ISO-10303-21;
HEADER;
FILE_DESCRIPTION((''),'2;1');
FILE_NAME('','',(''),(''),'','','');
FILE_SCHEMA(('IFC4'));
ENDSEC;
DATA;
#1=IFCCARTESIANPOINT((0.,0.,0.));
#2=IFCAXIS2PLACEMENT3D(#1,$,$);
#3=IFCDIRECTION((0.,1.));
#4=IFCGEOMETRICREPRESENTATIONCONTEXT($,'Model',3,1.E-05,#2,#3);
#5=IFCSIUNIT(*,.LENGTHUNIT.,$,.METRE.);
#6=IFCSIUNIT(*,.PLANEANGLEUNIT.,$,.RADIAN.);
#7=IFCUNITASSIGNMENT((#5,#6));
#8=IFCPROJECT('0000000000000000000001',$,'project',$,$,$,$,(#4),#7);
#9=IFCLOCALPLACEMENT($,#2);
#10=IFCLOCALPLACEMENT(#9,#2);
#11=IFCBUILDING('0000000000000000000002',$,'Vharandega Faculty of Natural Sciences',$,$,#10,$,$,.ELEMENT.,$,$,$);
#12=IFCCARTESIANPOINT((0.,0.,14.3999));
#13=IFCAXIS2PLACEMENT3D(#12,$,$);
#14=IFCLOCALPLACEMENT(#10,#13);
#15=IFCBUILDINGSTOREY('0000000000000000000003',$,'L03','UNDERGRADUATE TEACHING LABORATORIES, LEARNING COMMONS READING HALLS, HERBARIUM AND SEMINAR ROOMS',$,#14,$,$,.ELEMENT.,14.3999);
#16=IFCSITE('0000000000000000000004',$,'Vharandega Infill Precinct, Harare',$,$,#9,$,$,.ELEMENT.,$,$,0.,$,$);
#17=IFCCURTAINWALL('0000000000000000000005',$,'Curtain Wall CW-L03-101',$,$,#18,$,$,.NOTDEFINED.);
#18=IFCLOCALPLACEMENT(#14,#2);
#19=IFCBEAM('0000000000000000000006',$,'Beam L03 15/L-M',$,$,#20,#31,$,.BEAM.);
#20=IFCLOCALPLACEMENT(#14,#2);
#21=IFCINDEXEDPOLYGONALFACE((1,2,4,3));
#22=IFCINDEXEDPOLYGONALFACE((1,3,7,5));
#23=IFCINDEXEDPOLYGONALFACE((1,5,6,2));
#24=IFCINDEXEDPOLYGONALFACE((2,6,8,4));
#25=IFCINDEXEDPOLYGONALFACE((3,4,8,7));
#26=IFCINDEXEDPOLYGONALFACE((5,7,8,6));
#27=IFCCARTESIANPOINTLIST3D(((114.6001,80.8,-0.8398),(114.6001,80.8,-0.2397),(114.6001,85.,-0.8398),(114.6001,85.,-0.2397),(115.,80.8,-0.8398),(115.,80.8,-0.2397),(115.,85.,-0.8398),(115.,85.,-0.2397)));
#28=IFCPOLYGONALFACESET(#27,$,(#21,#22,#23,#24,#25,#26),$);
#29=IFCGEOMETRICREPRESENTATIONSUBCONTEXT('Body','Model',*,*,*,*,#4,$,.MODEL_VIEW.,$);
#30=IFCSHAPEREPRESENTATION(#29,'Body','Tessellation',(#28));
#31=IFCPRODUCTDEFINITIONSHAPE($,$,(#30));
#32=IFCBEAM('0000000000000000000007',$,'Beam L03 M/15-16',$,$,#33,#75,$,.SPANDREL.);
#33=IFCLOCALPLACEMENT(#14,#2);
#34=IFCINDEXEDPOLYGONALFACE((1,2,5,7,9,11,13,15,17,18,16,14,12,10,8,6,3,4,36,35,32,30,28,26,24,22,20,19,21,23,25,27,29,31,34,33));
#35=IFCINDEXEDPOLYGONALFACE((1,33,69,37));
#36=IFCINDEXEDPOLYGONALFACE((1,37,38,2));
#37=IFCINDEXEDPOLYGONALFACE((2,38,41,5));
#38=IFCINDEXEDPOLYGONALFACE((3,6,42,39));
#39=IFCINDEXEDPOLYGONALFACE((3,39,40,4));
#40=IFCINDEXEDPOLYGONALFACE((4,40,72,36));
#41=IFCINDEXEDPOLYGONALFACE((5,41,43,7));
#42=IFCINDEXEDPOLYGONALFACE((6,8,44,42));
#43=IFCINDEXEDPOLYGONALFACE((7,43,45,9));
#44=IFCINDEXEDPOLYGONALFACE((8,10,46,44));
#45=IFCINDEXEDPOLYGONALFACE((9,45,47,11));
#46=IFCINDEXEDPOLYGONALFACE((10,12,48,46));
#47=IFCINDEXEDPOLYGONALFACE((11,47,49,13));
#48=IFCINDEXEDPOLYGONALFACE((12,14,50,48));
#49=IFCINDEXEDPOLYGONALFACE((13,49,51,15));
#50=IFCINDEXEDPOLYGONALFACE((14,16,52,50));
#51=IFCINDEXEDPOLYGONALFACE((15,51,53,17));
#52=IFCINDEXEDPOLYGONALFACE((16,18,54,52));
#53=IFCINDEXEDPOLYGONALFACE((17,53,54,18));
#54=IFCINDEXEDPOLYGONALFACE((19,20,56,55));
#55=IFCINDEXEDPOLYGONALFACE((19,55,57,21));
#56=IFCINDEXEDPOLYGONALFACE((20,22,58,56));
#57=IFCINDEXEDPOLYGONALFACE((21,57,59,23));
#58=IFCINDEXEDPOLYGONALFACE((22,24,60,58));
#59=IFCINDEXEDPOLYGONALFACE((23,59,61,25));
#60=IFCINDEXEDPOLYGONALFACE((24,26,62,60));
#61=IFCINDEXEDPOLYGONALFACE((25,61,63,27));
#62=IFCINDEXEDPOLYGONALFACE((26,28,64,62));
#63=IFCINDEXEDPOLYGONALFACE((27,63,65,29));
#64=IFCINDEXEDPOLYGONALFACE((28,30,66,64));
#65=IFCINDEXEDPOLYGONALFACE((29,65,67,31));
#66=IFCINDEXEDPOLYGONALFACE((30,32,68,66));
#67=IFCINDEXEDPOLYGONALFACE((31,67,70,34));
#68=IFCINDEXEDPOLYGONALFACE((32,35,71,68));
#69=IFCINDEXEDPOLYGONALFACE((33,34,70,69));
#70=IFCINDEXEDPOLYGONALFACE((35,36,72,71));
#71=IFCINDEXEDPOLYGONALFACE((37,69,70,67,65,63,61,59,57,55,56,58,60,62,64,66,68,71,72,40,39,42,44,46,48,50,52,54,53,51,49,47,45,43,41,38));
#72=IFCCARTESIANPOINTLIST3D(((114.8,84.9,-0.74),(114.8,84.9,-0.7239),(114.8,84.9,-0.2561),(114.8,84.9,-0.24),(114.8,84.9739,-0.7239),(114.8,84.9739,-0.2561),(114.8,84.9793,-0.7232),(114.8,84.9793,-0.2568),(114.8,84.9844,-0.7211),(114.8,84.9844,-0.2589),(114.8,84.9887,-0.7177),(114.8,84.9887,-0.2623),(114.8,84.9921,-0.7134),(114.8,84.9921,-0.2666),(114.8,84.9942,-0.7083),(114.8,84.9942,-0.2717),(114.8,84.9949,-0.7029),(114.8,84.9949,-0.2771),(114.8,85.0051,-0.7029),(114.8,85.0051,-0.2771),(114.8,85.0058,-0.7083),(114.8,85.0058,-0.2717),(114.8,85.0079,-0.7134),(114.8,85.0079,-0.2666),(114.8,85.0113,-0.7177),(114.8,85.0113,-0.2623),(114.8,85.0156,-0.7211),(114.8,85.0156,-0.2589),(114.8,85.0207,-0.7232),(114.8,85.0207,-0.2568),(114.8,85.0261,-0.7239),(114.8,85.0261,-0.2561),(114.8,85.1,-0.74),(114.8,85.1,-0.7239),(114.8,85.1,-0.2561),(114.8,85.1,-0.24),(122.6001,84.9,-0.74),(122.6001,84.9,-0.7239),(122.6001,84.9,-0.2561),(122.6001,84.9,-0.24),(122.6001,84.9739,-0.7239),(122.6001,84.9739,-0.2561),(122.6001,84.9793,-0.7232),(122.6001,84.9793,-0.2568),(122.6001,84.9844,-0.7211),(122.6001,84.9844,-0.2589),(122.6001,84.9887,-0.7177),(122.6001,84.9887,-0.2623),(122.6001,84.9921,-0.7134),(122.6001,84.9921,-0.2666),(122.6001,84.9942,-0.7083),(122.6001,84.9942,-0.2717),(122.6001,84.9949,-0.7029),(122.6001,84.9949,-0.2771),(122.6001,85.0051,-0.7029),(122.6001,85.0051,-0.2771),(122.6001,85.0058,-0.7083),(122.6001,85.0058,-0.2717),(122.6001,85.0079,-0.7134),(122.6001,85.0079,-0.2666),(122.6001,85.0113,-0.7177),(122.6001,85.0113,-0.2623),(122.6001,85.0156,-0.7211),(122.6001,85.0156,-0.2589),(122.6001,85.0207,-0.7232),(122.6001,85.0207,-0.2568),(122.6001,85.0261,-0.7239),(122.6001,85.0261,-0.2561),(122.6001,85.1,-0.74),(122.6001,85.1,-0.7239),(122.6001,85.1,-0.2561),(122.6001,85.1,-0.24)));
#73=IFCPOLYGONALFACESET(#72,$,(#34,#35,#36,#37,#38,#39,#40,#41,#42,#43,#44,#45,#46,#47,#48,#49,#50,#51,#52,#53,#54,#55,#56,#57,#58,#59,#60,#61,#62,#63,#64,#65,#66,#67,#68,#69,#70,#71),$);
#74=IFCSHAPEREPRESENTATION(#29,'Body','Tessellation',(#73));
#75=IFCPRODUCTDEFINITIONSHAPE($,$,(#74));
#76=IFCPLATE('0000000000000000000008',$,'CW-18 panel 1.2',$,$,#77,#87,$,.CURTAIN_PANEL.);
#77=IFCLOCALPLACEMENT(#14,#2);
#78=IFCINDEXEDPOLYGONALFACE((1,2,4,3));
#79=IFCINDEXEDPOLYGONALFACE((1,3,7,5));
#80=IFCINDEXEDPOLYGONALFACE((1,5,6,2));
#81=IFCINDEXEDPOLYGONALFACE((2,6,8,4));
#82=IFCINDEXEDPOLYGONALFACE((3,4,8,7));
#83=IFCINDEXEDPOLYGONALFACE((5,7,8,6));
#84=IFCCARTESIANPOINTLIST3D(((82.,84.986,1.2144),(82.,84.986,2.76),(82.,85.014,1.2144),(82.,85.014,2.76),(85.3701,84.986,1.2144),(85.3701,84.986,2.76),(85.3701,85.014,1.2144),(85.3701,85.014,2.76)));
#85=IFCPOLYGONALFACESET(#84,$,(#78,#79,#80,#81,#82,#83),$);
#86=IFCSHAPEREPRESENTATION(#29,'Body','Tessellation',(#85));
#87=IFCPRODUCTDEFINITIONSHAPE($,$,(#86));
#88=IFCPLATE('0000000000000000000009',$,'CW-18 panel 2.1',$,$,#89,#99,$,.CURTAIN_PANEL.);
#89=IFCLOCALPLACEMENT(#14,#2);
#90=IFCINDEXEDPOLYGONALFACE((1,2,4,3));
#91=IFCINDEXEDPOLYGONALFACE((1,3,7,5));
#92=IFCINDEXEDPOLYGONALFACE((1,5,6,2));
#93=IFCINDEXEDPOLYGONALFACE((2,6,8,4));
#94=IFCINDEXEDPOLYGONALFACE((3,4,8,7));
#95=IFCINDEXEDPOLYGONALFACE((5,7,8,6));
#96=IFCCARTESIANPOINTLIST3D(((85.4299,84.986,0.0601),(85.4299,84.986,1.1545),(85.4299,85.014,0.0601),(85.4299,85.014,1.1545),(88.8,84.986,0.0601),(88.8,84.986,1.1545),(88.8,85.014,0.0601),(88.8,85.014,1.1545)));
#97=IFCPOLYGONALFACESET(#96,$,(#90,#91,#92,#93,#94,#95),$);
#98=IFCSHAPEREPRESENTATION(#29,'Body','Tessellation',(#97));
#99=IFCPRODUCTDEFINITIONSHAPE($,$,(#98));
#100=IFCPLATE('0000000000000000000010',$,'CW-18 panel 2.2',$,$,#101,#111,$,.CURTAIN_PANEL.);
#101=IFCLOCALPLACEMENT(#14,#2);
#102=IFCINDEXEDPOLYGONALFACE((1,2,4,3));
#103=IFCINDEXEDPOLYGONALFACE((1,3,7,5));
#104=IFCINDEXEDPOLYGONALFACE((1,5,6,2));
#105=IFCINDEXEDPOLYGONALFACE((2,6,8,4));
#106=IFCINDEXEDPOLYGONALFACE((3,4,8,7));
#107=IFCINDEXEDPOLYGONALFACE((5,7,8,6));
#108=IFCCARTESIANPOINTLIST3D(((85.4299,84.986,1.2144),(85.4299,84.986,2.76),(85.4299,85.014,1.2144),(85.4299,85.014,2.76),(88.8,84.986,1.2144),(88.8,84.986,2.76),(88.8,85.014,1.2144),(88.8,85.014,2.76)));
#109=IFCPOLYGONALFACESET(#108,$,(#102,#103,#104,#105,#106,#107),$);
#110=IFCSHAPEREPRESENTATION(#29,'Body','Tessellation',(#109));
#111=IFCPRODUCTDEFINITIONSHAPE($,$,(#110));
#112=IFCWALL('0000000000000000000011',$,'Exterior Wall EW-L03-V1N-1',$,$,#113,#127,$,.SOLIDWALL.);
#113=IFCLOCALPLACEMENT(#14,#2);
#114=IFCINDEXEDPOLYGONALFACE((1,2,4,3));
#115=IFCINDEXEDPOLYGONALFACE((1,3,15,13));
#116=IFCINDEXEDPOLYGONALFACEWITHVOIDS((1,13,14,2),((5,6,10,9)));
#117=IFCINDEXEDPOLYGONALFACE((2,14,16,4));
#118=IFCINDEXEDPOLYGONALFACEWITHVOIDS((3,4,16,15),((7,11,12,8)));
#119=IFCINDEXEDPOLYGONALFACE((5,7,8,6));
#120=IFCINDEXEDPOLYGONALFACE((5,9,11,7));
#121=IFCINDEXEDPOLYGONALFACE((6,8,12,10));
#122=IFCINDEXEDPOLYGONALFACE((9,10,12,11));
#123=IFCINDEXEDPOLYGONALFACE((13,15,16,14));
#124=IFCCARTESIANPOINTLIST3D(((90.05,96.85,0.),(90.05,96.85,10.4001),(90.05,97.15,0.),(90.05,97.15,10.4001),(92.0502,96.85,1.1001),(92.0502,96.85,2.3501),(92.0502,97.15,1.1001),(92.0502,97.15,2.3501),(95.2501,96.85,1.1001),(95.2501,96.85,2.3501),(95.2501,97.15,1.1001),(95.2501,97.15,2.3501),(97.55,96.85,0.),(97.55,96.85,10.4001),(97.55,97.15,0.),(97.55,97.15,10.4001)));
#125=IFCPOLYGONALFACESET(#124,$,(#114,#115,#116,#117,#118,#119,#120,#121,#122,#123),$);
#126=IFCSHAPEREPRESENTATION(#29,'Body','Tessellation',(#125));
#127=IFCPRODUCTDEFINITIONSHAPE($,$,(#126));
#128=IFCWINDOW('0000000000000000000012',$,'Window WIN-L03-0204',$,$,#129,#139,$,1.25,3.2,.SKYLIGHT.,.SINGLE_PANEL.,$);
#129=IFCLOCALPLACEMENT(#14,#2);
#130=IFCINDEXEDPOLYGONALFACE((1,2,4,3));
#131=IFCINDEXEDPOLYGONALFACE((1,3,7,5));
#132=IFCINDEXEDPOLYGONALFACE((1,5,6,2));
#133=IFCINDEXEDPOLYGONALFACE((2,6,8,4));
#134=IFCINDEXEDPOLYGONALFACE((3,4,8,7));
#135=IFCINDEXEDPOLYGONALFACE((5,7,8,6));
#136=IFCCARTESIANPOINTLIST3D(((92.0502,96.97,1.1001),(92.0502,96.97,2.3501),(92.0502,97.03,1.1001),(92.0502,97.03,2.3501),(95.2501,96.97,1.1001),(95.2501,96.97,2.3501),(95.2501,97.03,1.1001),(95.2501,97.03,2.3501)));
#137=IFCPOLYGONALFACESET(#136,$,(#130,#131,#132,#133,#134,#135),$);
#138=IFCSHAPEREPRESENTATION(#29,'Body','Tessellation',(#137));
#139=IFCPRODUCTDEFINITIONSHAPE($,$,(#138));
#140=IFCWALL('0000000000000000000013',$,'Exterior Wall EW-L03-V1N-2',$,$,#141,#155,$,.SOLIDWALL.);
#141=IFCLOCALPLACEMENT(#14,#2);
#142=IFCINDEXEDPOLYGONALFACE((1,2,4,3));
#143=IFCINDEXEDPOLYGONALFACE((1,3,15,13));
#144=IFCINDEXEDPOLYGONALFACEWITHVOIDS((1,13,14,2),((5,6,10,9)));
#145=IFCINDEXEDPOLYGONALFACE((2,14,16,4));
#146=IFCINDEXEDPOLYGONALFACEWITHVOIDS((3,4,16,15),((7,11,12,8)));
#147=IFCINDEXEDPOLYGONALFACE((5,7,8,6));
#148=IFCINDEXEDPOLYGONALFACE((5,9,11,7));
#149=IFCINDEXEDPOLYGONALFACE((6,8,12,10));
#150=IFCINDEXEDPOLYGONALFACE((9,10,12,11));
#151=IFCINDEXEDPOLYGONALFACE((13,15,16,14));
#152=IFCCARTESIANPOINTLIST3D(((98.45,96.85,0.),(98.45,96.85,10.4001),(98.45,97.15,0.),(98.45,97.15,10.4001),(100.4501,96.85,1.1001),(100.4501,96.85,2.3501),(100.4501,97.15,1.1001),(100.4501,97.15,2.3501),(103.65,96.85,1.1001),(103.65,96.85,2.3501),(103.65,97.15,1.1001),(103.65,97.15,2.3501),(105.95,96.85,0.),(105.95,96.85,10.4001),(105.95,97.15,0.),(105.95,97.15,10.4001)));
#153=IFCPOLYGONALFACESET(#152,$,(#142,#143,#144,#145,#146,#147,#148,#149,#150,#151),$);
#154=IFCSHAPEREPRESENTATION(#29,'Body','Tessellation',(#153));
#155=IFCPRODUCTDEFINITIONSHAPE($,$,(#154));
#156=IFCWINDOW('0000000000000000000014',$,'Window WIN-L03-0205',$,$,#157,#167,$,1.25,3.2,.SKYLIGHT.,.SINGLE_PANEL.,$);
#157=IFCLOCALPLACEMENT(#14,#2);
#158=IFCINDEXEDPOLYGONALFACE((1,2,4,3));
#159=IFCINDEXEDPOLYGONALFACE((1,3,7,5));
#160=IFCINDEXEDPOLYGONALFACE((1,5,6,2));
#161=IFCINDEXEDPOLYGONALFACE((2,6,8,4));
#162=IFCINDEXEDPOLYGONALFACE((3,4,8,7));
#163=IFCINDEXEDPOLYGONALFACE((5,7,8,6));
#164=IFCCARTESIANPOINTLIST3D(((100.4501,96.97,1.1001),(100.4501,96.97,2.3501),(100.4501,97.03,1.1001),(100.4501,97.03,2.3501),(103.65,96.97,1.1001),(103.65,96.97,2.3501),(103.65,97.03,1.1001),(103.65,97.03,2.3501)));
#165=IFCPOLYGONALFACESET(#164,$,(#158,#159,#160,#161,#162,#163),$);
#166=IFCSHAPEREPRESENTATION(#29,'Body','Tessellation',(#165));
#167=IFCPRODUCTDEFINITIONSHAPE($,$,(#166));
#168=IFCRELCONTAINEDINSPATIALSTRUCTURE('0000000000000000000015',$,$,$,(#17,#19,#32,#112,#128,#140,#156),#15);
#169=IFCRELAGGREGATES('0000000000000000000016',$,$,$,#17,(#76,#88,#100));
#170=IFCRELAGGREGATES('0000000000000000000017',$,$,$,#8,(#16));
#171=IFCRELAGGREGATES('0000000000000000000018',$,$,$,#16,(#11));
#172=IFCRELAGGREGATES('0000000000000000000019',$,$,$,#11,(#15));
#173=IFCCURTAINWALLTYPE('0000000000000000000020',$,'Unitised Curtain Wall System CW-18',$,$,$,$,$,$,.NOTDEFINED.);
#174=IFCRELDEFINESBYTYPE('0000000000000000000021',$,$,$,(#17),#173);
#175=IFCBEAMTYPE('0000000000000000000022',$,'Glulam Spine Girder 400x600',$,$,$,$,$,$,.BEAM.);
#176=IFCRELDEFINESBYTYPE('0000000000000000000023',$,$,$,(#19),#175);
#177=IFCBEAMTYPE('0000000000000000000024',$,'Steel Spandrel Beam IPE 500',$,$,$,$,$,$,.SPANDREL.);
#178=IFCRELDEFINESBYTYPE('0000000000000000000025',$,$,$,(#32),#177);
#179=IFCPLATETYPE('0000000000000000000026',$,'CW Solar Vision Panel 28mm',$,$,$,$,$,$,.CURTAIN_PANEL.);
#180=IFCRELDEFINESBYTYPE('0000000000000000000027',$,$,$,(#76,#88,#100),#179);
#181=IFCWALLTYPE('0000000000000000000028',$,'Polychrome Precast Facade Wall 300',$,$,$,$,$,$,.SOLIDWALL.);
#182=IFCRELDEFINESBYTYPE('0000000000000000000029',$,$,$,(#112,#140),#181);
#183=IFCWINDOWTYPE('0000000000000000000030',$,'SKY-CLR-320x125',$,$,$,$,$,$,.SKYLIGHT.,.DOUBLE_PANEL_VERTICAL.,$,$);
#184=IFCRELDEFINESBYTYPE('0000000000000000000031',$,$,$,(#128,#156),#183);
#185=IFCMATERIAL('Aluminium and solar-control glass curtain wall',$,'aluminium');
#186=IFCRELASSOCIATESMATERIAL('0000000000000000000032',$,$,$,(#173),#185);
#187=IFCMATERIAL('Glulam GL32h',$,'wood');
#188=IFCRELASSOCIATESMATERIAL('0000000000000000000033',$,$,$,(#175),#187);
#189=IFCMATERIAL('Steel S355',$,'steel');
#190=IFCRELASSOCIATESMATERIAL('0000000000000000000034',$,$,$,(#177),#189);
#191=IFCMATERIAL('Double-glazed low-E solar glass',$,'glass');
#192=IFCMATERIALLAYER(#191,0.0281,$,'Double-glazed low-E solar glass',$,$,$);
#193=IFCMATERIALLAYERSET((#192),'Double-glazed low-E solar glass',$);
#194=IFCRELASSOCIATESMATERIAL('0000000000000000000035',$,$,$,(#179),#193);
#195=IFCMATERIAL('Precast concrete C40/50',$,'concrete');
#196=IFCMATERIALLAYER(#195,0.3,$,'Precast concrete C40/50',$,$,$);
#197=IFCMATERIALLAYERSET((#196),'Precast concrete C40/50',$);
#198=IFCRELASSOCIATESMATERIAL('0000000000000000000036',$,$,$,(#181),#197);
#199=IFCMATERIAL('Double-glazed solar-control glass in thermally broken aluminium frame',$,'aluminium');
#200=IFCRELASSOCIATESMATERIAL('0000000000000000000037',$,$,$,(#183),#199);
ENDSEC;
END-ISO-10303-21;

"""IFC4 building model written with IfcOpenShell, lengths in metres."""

from ifc_helpers import new_model, si_unit, direction, frame, frame_2d, origin, origin_2d, place, context, subcontext, project, spatial, rectangle, i_section, extrude, material, layer, layer_set, material_profile, profile_set, type_object, element, fill, aggregate, save


model = new_model("IFC4")

# Units and contexts
model_context = context("Model", 3, precision=1e-05, world=origin(), true_north=direction((0.0, 1.0)))
body_context = subcontext(model_context, "Body", "Model", "MODEL_VIEW")
ifc_project = project(units=[si_unit("LENGTHUNIT", "METRE"), si_unit("PLANEANGLEUNIT", "RADIAN")], contexts=[model_context])

# Site, building, storey
site_placement = place(None, origin())
site = spatial("IfcSite", under=ifc_project, at=site_placement, Name="Vharandega Infill Precinct, Harare", CompositionType="ELEMENT", RefElevation=0.0)
building_placement = place(site_placement, origin())
building = spatial("IfcBuilding", under=site, at=building_placement, Name="Vharandega Faculty of Natural Sciences", CompositionType="ELEMENT")
storey_placement = place(building_placement, frame((0.0, 0.0, 14.3999)))
storey = spatial("IfcBuildingStorey", under=building, at=storey_placement, Name="L03", Description="UNDERGRADUATE TEACHING LABORATORIES, LEARNING COMMONS READING HALLS, HERBARIUM AND SEMINAR ROOMS", CompositionType="ELEMENT", Elevation=14.3999)

# Curtain wall
ifc_material_1 = material(Name="Aluminium and solar-control glass curtain wall", Category="aluminium")
curtain_wall_type = type_object("IfcCurtainWallType", Name="Unitised Curtain Wall System CW-18", PredefinedType="NOTDEFINED", material=ifc_material_1)
curtain_wall_placement = place(storey_placement, origin())
curtain_wall = element("IfcCurtainWall", 1, at=curtain_wall_placement, inside=storey, type_object=curtain_wall_type, Name="Curtain Wall CW-L03-101", PredefinedType="NOTDEFINED")

# Beams
ifc_material_2 = material(Name="Glulam GL32h", Category="wood")
ifc_material_profile_1 = material_profile(ifc_material_2, rectangle(XDim=0.3999, YDim=0.6001, at=origin_2d()), Name="GL32h 400x600")
ifc_profile_set_1 = profile_set([ifc_material_profile_1], Name="Glulam GL32h")
beam_type_1 = type_object("IfcBeamType", Name="Glulam Spine Girder 400x600", PredefinedType="BEAM", material=ifc_profile_set_1)
beam_1_placement = place(storey_placement, frame((114.8, 80.8, -0.5398), z_axis=(0.0, 1.0, 0.0), x_axis=(-1.0, 0.0, 0.0)))
element("IfcBeam", 2, at=beam_1_placement, inside=storey, type_object=beam_type_1, Name="Beam L03 15/L-M", PredefinedType="BEAM", context=body_context, shape_type="SweptSolid", body=[
    extrude(rectangle(XDim=0.3999, YDim=0.6001, at=origin_2d()), origin(), (0.0, 0.0, 1.0), 4.2),
])
ifc_material_3 = material(Name="Steel S355", Category="steel")
ifc_material_profile_2 = material_profile(ifc_material_3, i_section(OverallWidth=0.2, OverallDepth=0.5, WebThickness=0.0103, FlangeThickness=0.0161, FilletRadius=0.021, at=origin_2d()), Name="IPE 500")
ifc_profile_set_2 = profile_set([ifc_material_profile_2], Name="Steel S355")
beam_type_2 = type_object("IfcBeamType", Name="Steel Spandrel Beam IPE 500", PredefinedType="SPANDREL", material=ifc_profile_set_2)
beam_2_placement = place(storey_placement, frame((114.8, 85.0, -0.49), z_axis=(1.0, 0.0, 0.0), x_axis=(0.0, 1.0, 0.0)))
element("IfcBeam", 3, at=beam_2_placement, inside=storey, type_object=beam_type_2, Name="Beam L03 M/15-16", PredefinedType="SPANDREL", context=body_context, shape_type="SweptSolid", body=[
    extrude(i_section(OverallWidth=0.2, OverallDepth=0.5, WebThickness=0.0103, FlangeThickness=0.0161, FilletRadius=0.021, at=origin_2d()), origin(), (0.0, 0.0, 1.0), 7.8),
])

# Plates
ifc_material_4 = material(Name="Double-glazed low-E solar glass", Category="glass")
ifc_layer_1 = layer(ifc_material_4, 0.0281, Name="Double-glazed low-E solar glass")
ifc_layer_set_1 = layer_set([ifc_layer_1], Name="Double-glazed low-E solar glass")
plate_type = type_object("IfcPlateType", Name="CW Solar Vision Panel 28mm", PredefinedType="CURTAIN_PANEL", material=ifc_layer_set_1)
plate_1_placement = place(storey_placement, frame((83.6851, 85.0, 1.2144), z_axis=(0.0, 0.0, 1.0), x_axis=(1.0, 0.0, 0.0)))
plate_1 = element("IfcPlate", 4, at=plate_1_placement, type_object=plate_type, Name="CW-18 panel 1.2", PredefinedType="CURTAIN_PANEL", context=body_context, shape_type="SweptSolid", body=[
    extrude(rectangle(XDim=3.3701, YDim=0.0281, at=origin_2d()), origin(), (0.0, 0.0, 1.0), 1.5457),
])
plate_2_placement = place(storey_placement, frame((87.115, 85.0, 0.0601), z_axis=(0.0, 0.0, 1.0), x_axis=(1.0, 0.0, 0.0)))
plate_2 = element("IfcPlate", 5, at=plate_2_placement, type_object=plate_type, Name="CW-18 panel 2.1", PredefinedType="CURTAIN_PANEL", context=body_context, shape_type="SweptSolid", body=[
    extrude(rectangle(XDim=3.3701, YDim=0.0281, at=origin_2d()), origin(), (0.0, 0.0, 1.0), 1.0945),
])
plate_3_placement = place(storey_placement, frame((87.115, 85.0, 1.2144), z_axis=(0.0, 0.0, 1.0), x_axis=(1.0, 0.0, 0.0)))
plate_3 = element("IfcPlate", 6, at=plate_3_placement, type_object=plate_type, Name="CW-18 panel 2.2", PredefinedType="CURTAIN_PANEL", context=body_context, shape_type="SweptSolid", body=[
    extrude(rectangle(XDim=3.3701, YDim=0.0281, at=origin_2d()), origin(), (0.0, 0.0, 1.0), 1.5457),
])
aggregate(curtain_wall, [plate_1, plate_2, plate_3])

# Walls, openings, windows
ifc_material_5 = material(Name="Precast concrete C40/50", Category="concrete")
ifc_layer_2 = layer(ifc_material_5, 0.3, Name="Precast concrete C40/50")
ifc_layer_set_2 = layer_set([ifc_layer_2], Name="Precast concrete C40/50")
wall_type = type_object("IfcWallType", Name="Polychrome Precast Facade Wall 300", PredefinedType="SOLIDWALL", material=ifc_layer_set_2)
wall_1_placement = place(storey_placement, frame((90.05, 97.0, 0.0), z_axis=(0.0, 0.0, 1.0), x_axis=(1.0, 0.0, 0.0)))
wall_1 = element("IfcWall", 7, at=wall_1_placement, inside=storey, type_object=wall_type, Name="Exterior Wall EW-L03-V1N-1", PredefinedType="SOLIDWALL", context=body_context, shape_type="SweptSolid", body=[
    extrude(rectangle(XDim=7.5, YDim=0.3, at=frame_2d((3.75, 0.0))), origin(), (0.0, 0.0, 1.0), 10.4001),
])
opening_1_placement = place(wall_1_placement, frame((2.0, 0.0, 1.1001)))
opening_1 = element("IfcOpeningElement", 8, at=opening_1_placement, cuts=wall_1, PredefinedType="OPENING", context=body_context, shape_type="SweptSolid", body=[
    extrude(rectangle(XDim=3.2, YDim=1.25, at=frame_2d((1.6001, 0.625))), frame((0.0, 0.1602, 0.0), z_axis=(0.0, -1.0, 0.0), x_axis=(1.0, 0.0, 0.0)), (0.0, 0.0, 1.0), 0.3201),
])
ifc_material_6 = material(Name="Double-glazed solar-control glass in thermally broken aluminium frame", Category="aluminium")
window_type = type_object("IfcWindowType", Name="SKY-CLR-320x125", PartitioningType="DOUBLE_PANEL_VERTICAL", PredefinedType="SKYLIGHT", material=ifc_material_6)
window_1_placement = place(opening_1_placement, origin())
window_1 = element("IfcWindow", 9, at=window_1_placement, inside=storey, type_object=window_type, Name="Window WIN-L03-0204", OverallHeight=1.25, OverallWidth=3.2, PartitioningType="SINGLE_PANEL", PredefinedType="SKYLIGHT", context=body_context, shape_type="SweptSolid", body=[
    extrude(rectangle(XDim=3.2, YDim=1.25, at=frame_2d((1.6001, 0.625))), frame((0.0, 0.03, 0.0), z_axis=(0.0, -1.0, 0.0), x_axis=(1.0, 0.0, 0.0)), (0.0, 0.0, 1.0), 0.0601),
])
fill(opening_1, window_1)
wall_2_placement = place(storey_placement, frame((98.45, 97.0, 0.0), z_axis=(0.0, 0.0, 1.0), x_axis=(1.0, 0.0, 0.0)))
wall_2 = element("IfcWall", 10, at=wall_2_placement, inside=storey, type_object=wall_type, Name="Exterior Wall EW-L03-V1N-2", PredefinedType="SOLIDWALL", context=body_context, shape_type="SweptSolid", body=[
    extrude(rectangle(XDim=7.5, YDim=0.3, at=frame_2d((3.75, 0.0))), origin(), (0.0, 0.0, 1.0), 10.4001),
])
opening_2_placement = place(wall_2_placement, frame((2.0, 0.0, 1.1001)))
opening_2 = element("IfcOpeningElement", 11, at=opening_2_placement, cuts=wall_2, PredefinedType="OPENING", context=body_context, shape_type="SweptSolid", body=[
    extrude(rectangle(XDim=3.2, YDim=1.25, at=frame_2d((1.6001, 0.625))), frame((0.0, 0.1602, 0.0), z_axis=(0.0, -1.0, 0.0), x_axis=(1.0, 0.0, 0.0)), (0.0, 0.0, 1.0), 0.3201),
])
window_2_placement = place(opening_2_placement, origin())
window_2 = element("IfcWindow", 12, at=window_2_placement, inside=storey, type_object=window_type, Name="Window WIN-L03-0205", OverallHeight=1.25, OverallWidth=3.2, PartitioningType="SINGLE_PANEL", PredefinedType="SKYLIGHT", context=body_context, shape_type="SweptSolid", body=[
    extrude(rectangle(XDim=3.2, YDim=1.25, at=frame_2d((1.6001, 0.625))), frame((0.0, 0.03, 0.0), z_axis=(0.0, -1.0, 0.0), x_axis=(1.0, 0.0, 0.0)), (0.0, 0.0, 1.0), 0.0601),
])
fill(opening_2, window_2)

save(model, "model.ifc")
